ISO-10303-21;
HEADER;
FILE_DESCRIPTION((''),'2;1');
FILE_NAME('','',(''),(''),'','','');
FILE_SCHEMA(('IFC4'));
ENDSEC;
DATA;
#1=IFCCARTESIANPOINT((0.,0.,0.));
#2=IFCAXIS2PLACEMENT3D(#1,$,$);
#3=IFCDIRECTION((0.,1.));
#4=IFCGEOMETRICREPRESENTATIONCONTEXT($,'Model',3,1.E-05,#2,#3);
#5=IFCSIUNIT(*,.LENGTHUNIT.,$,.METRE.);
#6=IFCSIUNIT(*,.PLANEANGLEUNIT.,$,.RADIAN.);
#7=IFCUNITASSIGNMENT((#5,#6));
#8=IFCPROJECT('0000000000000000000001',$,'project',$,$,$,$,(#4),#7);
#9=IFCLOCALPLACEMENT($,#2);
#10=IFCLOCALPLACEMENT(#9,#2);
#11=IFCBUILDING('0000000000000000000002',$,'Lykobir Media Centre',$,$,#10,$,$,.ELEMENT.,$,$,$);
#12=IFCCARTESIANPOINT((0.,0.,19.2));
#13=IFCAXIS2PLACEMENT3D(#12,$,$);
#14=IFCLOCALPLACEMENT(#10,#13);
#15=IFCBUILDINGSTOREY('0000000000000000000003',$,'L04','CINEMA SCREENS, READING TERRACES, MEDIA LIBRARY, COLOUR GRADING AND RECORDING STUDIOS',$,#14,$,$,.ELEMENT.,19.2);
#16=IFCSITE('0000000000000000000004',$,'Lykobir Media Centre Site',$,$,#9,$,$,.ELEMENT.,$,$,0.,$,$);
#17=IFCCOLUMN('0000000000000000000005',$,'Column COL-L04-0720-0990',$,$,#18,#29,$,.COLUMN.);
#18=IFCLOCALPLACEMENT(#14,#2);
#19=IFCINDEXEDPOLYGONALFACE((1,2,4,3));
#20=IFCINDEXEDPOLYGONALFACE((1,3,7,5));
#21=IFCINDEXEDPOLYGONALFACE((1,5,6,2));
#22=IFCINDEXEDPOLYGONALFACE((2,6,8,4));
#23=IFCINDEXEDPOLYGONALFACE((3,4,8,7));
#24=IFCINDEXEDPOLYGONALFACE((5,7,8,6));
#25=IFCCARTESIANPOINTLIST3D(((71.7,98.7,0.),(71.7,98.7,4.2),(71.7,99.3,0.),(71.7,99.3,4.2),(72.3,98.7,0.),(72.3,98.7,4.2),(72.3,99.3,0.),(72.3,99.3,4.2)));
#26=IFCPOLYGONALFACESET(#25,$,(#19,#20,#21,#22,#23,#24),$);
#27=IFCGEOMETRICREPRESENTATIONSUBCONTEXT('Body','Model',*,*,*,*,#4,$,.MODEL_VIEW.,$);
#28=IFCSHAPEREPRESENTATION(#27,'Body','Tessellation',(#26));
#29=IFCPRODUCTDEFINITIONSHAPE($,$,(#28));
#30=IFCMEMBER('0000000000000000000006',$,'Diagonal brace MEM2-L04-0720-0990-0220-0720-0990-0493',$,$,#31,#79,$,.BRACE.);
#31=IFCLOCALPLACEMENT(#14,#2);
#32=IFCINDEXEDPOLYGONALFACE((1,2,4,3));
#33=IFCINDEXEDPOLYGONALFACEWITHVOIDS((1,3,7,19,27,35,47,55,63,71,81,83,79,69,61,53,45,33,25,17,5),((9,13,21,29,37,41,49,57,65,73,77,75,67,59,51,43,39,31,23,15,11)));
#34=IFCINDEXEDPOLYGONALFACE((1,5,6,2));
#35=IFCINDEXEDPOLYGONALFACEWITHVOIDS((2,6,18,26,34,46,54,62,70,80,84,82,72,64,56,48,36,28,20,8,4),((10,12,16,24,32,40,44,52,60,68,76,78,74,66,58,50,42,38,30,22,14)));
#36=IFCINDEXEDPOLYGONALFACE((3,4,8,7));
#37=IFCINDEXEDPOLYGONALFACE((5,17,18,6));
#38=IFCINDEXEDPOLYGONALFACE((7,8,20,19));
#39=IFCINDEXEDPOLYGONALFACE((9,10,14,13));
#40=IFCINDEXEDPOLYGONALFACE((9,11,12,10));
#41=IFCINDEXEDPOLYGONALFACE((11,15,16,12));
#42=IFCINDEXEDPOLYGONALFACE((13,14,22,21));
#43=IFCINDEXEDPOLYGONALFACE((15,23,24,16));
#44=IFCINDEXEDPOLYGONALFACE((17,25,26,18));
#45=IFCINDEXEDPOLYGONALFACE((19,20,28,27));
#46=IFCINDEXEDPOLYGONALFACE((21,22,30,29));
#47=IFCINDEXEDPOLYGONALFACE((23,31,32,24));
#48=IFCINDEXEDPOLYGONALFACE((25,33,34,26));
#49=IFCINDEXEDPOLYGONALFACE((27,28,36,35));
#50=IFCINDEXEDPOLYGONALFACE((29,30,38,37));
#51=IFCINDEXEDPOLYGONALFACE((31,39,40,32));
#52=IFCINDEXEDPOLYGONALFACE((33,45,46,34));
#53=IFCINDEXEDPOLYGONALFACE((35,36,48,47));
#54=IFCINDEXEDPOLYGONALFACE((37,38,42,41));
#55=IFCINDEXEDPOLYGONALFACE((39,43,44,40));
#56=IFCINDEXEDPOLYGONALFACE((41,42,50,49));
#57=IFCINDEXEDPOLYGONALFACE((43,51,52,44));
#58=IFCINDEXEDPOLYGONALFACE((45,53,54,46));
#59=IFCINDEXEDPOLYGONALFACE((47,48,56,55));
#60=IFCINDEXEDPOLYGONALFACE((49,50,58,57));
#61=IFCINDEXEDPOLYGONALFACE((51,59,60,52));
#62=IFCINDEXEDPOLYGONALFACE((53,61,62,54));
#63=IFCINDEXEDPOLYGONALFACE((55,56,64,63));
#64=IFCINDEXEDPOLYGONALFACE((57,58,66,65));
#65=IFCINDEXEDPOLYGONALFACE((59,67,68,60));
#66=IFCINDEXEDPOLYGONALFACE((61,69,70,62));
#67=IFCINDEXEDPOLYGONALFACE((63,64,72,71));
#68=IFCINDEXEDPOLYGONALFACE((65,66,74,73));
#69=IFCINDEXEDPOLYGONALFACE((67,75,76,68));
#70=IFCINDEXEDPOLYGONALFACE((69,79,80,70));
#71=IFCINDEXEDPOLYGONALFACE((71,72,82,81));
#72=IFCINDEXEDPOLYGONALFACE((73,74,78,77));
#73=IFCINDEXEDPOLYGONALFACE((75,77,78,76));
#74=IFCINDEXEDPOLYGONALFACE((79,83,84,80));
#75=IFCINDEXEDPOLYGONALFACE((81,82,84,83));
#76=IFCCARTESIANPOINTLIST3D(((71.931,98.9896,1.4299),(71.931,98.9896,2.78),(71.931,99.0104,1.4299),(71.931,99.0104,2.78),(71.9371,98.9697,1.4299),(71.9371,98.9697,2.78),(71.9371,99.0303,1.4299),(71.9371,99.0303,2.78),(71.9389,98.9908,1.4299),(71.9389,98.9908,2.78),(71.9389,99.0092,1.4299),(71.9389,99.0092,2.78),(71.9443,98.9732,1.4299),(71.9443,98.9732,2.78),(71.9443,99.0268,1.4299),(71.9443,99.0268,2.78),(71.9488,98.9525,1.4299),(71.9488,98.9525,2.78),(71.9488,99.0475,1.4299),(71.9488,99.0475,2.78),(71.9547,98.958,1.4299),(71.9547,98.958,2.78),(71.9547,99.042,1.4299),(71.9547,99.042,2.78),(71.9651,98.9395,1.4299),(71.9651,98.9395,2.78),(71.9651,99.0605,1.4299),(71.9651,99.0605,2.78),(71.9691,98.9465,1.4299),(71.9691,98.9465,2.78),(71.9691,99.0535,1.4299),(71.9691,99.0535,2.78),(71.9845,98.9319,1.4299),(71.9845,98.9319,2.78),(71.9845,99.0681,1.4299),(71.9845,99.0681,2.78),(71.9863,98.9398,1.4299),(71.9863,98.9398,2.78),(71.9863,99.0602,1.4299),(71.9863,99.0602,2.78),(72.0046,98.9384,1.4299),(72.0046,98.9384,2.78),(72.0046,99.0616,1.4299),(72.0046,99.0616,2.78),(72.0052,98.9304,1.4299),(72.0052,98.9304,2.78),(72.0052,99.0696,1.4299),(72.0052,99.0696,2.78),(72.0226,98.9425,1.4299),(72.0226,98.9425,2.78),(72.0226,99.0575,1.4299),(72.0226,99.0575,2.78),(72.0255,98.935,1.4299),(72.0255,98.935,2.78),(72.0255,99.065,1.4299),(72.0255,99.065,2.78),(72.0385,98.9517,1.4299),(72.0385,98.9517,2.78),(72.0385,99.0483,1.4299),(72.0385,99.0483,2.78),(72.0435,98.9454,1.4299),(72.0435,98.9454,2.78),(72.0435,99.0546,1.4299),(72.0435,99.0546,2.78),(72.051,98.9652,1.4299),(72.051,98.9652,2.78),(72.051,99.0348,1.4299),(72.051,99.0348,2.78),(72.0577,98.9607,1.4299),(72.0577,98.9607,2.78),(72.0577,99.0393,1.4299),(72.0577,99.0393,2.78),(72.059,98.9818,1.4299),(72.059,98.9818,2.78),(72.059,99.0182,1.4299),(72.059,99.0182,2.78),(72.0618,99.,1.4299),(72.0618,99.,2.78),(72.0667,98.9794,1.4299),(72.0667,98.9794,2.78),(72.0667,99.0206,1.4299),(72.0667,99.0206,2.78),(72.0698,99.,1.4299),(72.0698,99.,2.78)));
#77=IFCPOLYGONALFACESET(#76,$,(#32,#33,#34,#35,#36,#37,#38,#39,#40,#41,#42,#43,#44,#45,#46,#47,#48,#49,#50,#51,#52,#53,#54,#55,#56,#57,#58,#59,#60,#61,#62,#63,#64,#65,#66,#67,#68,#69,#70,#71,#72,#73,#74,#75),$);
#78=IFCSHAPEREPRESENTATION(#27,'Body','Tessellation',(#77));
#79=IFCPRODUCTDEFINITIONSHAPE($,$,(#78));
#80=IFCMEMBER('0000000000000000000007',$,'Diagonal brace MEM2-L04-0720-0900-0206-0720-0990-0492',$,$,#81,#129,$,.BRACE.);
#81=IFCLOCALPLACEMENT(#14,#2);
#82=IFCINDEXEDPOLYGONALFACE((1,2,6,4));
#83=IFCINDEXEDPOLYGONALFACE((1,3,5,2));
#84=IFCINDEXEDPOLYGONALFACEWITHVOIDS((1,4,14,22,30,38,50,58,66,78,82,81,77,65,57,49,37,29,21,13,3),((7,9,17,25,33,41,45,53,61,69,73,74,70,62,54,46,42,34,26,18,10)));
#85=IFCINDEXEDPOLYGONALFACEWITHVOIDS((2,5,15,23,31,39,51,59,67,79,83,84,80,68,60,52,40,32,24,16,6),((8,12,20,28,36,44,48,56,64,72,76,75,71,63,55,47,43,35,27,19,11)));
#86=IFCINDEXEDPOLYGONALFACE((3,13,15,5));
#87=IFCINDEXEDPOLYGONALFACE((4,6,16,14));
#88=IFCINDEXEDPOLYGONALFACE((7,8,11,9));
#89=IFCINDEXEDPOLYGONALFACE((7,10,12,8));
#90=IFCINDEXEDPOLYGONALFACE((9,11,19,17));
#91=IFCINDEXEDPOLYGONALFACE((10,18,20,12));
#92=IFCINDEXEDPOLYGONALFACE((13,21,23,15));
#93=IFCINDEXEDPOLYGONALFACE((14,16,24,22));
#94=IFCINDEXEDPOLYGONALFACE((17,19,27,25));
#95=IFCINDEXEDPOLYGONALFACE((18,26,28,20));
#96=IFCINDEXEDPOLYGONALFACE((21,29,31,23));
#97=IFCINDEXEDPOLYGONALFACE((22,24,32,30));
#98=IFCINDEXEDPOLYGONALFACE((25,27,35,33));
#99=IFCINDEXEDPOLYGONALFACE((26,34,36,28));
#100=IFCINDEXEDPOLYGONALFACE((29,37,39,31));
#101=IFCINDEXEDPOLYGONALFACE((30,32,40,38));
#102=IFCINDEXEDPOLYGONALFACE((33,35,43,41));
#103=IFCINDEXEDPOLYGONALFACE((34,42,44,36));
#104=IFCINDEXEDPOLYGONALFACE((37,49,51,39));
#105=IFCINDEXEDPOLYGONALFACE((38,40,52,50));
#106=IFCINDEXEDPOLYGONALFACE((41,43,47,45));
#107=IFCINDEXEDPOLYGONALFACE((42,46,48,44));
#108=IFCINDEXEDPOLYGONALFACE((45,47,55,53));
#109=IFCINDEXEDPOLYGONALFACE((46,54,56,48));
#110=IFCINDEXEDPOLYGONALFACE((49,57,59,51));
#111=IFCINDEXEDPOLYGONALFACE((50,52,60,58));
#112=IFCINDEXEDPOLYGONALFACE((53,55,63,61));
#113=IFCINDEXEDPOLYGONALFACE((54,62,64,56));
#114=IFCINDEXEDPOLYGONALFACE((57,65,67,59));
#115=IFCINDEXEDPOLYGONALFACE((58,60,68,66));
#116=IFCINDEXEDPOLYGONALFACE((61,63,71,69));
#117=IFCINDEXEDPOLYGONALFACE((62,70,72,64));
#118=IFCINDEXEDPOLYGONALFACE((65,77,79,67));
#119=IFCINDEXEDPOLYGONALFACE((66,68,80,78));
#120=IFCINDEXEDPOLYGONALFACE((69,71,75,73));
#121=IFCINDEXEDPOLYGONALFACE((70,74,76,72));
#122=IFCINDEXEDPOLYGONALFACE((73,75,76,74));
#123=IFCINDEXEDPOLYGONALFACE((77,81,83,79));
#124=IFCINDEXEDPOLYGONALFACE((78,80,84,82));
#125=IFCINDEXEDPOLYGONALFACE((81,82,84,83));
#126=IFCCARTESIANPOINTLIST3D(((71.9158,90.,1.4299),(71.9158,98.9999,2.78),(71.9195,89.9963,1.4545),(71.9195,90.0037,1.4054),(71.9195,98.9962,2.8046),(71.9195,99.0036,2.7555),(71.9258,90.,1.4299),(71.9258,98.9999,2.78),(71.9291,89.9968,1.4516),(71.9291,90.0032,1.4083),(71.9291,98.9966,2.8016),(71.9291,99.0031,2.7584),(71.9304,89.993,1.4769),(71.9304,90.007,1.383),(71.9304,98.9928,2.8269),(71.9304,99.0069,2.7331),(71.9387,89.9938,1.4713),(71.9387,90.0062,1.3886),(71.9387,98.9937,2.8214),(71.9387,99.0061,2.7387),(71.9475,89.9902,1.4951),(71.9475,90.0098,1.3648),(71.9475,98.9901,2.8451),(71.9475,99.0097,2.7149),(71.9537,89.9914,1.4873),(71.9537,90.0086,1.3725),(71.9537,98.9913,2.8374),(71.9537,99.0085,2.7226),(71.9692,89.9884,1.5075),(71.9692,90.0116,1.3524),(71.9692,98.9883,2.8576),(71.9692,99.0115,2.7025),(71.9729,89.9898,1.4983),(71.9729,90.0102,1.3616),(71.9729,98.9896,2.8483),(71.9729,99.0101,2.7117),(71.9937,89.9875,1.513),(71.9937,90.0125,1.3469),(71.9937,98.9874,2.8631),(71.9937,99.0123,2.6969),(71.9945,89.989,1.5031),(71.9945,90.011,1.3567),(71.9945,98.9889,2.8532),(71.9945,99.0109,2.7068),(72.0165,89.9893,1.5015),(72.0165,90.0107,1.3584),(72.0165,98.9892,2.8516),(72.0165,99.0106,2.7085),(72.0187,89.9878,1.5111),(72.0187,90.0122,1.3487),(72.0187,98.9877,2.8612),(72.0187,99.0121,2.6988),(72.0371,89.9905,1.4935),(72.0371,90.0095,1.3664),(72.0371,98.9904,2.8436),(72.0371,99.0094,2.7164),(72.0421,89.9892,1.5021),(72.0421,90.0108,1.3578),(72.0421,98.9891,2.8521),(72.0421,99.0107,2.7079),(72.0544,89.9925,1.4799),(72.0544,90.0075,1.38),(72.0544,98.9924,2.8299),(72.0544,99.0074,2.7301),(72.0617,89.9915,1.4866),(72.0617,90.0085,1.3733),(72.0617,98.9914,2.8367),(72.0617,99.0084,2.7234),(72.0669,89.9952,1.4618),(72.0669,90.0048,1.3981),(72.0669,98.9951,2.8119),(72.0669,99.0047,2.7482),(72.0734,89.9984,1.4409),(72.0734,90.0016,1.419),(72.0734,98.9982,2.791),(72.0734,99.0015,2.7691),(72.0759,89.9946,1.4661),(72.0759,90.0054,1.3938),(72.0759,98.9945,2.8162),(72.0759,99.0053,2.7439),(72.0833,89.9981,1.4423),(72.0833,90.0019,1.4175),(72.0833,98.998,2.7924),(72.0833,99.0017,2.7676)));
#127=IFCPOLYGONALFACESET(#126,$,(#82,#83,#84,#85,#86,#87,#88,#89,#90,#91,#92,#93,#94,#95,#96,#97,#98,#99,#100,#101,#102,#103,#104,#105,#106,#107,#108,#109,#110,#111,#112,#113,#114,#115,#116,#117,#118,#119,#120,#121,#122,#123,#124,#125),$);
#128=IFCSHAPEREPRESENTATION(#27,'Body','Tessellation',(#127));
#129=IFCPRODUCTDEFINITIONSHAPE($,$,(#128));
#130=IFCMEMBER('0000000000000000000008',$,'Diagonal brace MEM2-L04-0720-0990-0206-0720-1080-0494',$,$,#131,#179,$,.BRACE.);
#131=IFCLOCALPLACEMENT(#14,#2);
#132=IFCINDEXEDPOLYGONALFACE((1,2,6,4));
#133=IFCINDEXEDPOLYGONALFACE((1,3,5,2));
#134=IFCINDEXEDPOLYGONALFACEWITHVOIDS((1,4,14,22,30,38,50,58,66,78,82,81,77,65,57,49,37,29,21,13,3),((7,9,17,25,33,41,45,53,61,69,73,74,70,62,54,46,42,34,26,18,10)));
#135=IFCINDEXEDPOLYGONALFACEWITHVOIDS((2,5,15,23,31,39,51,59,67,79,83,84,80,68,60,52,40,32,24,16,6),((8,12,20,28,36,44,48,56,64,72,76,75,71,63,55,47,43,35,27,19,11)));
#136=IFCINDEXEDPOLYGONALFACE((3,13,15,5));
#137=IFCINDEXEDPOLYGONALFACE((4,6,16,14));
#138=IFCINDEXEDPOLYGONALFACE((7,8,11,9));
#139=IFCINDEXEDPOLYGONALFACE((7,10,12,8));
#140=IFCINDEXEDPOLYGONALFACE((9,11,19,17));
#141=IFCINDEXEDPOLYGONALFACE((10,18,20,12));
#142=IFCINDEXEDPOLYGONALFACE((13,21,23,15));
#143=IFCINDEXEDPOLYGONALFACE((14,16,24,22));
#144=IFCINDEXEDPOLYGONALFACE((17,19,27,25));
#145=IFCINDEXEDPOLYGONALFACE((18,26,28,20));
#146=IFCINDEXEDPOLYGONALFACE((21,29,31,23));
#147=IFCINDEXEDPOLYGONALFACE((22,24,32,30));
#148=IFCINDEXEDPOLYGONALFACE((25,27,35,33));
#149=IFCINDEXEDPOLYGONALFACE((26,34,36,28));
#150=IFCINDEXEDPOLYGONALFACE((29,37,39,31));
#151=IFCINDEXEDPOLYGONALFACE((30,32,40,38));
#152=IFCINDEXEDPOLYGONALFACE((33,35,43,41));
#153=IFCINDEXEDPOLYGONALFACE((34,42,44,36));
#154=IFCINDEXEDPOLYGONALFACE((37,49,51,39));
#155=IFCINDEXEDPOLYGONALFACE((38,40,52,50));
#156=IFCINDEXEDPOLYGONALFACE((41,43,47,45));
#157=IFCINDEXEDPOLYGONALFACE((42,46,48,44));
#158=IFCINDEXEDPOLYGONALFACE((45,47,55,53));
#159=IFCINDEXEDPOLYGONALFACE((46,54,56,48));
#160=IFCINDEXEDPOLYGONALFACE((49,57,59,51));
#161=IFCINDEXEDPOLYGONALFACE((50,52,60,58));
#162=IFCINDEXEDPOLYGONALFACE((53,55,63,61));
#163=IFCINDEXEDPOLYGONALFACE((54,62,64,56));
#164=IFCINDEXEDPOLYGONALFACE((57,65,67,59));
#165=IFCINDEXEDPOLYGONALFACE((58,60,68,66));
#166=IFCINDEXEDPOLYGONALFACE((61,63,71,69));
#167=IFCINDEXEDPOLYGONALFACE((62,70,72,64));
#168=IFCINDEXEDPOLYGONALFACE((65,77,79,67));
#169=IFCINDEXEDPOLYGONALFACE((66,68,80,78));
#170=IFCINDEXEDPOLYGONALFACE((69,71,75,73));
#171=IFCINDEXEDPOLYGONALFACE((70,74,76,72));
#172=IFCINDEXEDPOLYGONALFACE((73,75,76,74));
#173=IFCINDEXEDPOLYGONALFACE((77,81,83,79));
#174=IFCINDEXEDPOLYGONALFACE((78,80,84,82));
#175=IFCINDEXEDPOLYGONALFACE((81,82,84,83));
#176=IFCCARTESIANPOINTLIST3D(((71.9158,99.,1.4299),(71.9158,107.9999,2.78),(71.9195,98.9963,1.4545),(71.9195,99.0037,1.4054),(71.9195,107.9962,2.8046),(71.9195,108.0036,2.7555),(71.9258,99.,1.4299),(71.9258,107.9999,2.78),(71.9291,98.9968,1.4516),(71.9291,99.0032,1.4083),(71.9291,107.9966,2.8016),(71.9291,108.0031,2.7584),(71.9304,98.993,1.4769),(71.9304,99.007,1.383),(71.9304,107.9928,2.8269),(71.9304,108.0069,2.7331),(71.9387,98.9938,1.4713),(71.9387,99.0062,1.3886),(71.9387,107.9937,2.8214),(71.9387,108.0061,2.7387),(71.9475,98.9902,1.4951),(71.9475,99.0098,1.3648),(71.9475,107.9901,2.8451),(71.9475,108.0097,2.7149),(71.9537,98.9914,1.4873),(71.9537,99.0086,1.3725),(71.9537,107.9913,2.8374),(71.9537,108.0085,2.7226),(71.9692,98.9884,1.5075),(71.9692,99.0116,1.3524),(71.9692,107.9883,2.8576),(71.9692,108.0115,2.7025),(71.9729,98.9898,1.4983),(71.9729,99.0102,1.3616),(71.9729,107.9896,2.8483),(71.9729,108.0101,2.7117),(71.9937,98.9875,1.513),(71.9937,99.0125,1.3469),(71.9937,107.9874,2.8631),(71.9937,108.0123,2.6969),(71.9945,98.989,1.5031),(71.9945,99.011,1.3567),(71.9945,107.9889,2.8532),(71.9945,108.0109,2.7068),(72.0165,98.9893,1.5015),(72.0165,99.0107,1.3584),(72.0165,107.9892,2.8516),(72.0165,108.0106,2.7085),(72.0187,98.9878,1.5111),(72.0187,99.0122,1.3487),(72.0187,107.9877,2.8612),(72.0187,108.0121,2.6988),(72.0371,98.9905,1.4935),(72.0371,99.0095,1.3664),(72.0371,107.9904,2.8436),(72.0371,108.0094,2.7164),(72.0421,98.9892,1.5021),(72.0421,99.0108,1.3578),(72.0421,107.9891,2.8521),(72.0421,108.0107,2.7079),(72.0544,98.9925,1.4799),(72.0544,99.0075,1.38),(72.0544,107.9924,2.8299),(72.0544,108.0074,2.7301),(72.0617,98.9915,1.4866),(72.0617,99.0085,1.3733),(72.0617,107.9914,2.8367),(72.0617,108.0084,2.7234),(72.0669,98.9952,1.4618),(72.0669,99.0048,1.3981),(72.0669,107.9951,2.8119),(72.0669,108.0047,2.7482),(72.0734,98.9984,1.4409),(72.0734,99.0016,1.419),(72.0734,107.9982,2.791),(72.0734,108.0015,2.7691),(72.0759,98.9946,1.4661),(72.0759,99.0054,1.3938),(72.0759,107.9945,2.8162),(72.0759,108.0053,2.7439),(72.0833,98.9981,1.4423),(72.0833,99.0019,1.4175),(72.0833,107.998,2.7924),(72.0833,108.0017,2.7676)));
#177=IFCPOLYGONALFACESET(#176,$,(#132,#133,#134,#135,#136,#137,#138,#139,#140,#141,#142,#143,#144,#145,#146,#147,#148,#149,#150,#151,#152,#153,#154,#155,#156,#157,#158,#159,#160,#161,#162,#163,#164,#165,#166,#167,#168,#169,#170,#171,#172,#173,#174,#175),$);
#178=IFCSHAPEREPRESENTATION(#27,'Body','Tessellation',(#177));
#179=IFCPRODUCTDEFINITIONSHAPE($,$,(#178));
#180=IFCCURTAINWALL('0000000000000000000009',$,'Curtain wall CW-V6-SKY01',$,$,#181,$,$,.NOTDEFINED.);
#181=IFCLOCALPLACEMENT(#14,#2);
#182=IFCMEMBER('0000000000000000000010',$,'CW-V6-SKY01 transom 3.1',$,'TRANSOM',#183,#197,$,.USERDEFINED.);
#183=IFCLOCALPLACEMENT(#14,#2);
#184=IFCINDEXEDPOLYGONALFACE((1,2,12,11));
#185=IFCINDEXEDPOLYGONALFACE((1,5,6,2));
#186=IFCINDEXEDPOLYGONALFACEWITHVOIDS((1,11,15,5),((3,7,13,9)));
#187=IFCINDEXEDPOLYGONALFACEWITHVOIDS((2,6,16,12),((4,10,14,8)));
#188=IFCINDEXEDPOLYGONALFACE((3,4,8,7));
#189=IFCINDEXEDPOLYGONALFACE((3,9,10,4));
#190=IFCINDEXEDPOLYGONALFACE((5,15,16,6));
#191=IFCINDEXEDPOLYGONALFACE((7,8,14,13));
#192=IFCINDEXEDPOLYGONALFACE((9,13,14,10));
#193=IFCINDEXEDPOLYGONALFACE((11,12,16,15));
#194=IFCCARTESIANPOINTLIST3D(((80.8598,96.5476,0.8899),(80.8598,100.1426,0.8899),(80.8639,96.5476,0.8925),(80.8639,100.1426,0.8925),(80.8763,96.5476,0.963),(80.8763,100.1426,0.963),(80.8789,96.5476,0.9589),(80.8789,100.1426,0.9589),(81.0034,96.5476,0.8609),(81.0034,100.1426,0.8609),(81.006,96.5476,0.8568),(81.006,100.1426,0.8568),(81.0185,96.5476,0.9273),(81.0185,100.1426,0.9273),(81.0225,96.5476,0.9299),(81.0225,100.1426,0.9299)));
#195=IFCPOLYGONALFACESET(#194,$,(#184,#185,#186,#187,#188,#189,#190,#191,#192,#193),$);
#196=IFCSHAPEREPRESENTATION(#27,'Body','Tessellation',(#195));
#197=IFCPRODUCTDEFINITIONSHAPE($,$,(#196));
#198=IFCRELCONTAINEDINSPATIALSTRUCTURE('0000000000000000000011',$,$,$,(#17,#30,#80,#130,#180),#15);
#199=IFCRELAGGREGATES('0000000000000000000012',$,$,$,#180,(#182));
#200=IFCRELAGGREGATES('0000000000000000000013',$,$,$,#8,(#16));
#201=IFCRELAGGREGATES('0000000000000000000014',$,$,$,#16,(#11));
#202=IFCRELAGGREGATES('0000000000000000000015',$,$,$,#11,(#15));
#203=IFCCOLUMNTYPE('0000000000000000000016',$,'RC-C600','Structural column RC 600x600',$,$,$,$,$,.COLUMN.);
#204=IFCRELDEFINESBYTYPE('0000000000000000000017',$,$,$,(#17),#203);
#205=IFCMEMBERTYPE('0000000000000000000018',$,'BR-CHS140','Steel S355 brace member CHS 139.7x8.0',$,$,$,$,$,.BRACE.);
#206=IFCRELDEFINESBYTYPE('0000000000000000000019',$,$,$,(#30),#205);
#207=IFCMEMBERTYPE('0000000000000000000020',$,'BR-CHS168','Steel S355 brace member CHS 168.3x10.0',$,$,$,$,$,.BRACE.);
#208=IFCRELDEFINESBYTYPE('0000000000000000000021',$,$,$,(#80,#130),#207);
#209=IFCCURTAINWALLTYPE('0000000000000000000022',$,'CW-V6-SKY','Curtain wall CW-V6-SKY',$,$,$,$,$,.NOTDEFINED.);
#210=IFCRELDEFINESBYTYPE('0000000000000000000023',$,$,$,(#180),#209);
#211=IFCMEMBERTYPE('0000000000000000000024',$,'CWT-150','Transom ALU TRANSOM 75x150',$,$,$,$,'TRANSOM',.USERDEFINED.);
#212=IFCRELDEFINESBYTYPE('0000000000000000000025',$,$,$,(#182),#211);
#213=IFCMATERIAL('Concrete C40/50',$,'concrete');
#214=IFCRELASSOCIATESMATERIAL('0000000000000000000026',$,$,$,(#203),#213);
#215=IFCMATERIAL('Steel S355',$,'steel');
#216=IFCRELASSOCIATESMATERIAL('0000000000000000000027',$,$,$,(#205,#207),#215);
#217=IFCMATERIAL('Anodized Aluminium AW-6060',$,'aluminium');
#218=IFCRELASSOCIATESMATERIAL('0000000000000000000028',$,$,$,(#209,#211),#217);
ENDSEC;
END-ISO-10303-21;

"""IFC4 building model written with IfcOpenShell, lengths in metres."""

from ifc_helpers import new_model, si_unit, direction, frame, origin, origin_2d, place, context, subcontext, project, spatial, rectangle, hollow_rectangle, hollow_circle, extrude, material, material_profile, profile_set, type_object, element, aggregate, save


model = new_model("IFC4")

# Units and contexts
model_context = context("Model", 3, precision=1e-05, world=origin(), true_north=direction((0.0, 1.0)))
body_context = subcontext(model_context, "Body", "Model", "MODEL_VIEW")
ifc_project = project(units=[si_unit("LENGTHUNIT", "METRE"), si_unit("PLANEANGLEUNIT", "RADIAN")], contexts=[model_context])

# Site, building, storey
site_placement = place(None, origin())
site = spatial("IfcSite", under=ifc_project, at=site_placement, Name="Lykobir Media Centre Site", CompositionType="ELEMENT", RefElevation=0.0)
building_placement = place(site_placement, origin())
building = spatial("IfcBuilding", under=site, at=building_placement, Name="Lykobir Media Centre", CompositionType="ELEMENT")
storey_placement = place(building_placement, frame((0.0, 0.0, 19.2)))
storey = spatial("IfcBuildingStorey", under=building, at=storey_placement, Name="L04", Description="CINEMA SCREENS, READING TERRACES, MEDIA LIBRARY, COLOUR GRADING AND RECORDING STUDIOS", CompositionType="ELEMENT", Elevation=19.2)

# Column
ifc_material_1 = material(Name="Concrete C40/50", Category="concrete")
ifc_material_profile_1 = material_profile(ifc_material_1, rectangle(XDim=0.6001, YDim=0.6001, at=origin_2d()), Name="RC 600x600")
ifc_profile_set_1 = profile_set([ifc_material_profile_1], Name="Concrete C40/50")
column_type = type_object("IfcColumnType", Name="RC-C600", Description="Structural column RC 600x600", PredefinedType="COLUMN", material=ifc_profile_set_1)
column_placement = place(storey_placement, frame((72.0, 99.0, 0.0), z_axis=(0.0, 0.0, 1.0), x_axis=(1.0, 0.0, 0.0)))
element("IfcColumn", 1, at=column_placement, inside=storey, type_object=column_type, Name="Column COL-L04-0720-0990", PredefinedType="COLUMN", context=body_context, shape_type="SweptSolid", body=[
    extrude(rectangle(XDim=0.6001, YDim=0.6001, at=origin_2d()), origin(), (0.0, 0.0, 1.0), 4.2),
])

# Members
ifc_material_2 = material(Name="Steel S355", Category="steel")
ifc_material_profile_2 = material_profile(ifc_material_2, hollow_circle(Radius=0.0698, WallThickness=0.0081, at=origin_2d()), Name="CHS 139.7x8.0")
ifc_profile_set_2 = profile_set([ifc_material_profile_2], Name="Steel S355")
member_type_1 = type_object("IfcMemberType", Name="BR-CHS140", Description="Steel S355 brace member CHS 139.7x8.0", PredefinedType="BRACE", material=ifc_profile_set_2)
member_1_placement = place(storey_placement, frame((72.0, 99.0, 2.78), z_axis=(0.0, 0.0, -1.0), x_axis=(1.0, 0.0, 0.0)))
element("IfcMember", 2, at=member_1_placement, inside=storey, type_object=member_type_1, Name="Diagonal brace MEM2-L04-0720-0990-0220-0720-0990-0493", PredefinedType="BRACE", context=body_context, shape_type="SweptSolid", body=[
    extrude(hollow_circle(Radius=0.0698, WallThickness=0.0081, at=origin_2d()), origin(), (0.0, 0.0, 1.0), 1.3501),
])
ifc_material_profile_3 = material_profile(ifc_material_2, hollow_circle(Radius=0.0842, WallThickness=0.01, at=origin_2d()), Name="CHS 168.3x10.0")
ifc_profile_set_3 = profile_set([ifc_material_profile_3], Name="Steel S355")
member_type_2 = type_object("IfcMemberType", Name="BR-CHS168", Description="Steel S355 brace member CHS 168.3x10.0", PredefinedType="BRACE", material=ifc_profile_set_3)
for number, where, z_axis, x_axis, name in (
    (3, (72.0, 90.0, 1.4299), (0.0, 0.988935, 0.148351), (-1.0, 0.0, 0.0), "Diagonal brace MEM2-L04-0720-0900-0206-0720-0990-0492"),
    (4, (72.0, 99.0, 1.4299), (0.0, 0.988935, 0.148351), (-1.0, 0.0, 0.0), "Diagonal brace MEM2-L04-0720-0990-0206-0720-1080-0494"),
):
    element("IfcMember", number, at=place(storey_placement, frame(where, z_axis=z_axis, x_axis=x_axis)), inside=storey, type_object=member_type_2, Name=name, PredefinedType="BRACE", context=body_context, shape_type="SweptSolid", body=[
        extrude(hollow_circle(Radius=0.0842, WallThickness=0.01, at=origin_2d()), origin(), (0.0, 0.0, 1.0), 9.1006),
    ])

# Curtain wall, member
ifc_material_3 = material(Name="Anodized Aluminium AW-6060", Category="aluminium")
curtain_wall_type = type_object("IfcCurtainWallType", Name="CW-V6-SKY", Description="Curtain wall CW-V6-SKY", PredefinedType="NOTDEFINED", material=ifc_material_3)
curtain_wall_1_placement = place(storey_placement, origin())
curtain_wall_1 = element("IfcCurtainWall", 5, at=curtain_wall_1_placement, inside=storey, type_object=curtain_wall_type, Name="Curtain wall CW-V6-SKY01", PredefinedType="NOTDEFINED")
ifc_material_profile_4 = material_profile(ifc_material_3, hollow_rectangle(XDim=0.075, YDim=0.1499, WallThickness=0.0034, at=origin_2d()), Name="ALU TRANSOM 75x150")
ifc_profile_set_4 = profile_set([ifc_material_profile_4], Name="Anodized Aluminium AW-6060")
member_type_3 = type_object("IfcMemberType", Name="CWT-150", Description="Transom ALU TRANSOM 75x150", ElementType="TRANSOM", PredefinedType="USERDEFINED", material=ifc_profile_set_4)
member_2_placement = place(storey_placement, frame((80.9412, 100.1426, 0.9099), z_axis=(0.0, -1.0, 0.0), x_axis=(0.221055, 0.0, 0.975261)))
member_2 = element("IfcMember", 6, at=member_2_placement, type_object=member_type_3, Name="CW-V6-SKY01 transom 3.1", ObjectType="TRANSOM", PredefinedType="USERDEFINED", context=body_context, shape_type="SweptSolid", body=[
    extrude(hollow_rectangle(XDim=0.075, YDim=0.1499, WallThickness=0.0034, at=origin_2d()), origin(), (0.0, 0.0, 1.0), 3.595),
])

aggregate(curtain_wall_1, [member_2])

save(model, "model.ifc")
